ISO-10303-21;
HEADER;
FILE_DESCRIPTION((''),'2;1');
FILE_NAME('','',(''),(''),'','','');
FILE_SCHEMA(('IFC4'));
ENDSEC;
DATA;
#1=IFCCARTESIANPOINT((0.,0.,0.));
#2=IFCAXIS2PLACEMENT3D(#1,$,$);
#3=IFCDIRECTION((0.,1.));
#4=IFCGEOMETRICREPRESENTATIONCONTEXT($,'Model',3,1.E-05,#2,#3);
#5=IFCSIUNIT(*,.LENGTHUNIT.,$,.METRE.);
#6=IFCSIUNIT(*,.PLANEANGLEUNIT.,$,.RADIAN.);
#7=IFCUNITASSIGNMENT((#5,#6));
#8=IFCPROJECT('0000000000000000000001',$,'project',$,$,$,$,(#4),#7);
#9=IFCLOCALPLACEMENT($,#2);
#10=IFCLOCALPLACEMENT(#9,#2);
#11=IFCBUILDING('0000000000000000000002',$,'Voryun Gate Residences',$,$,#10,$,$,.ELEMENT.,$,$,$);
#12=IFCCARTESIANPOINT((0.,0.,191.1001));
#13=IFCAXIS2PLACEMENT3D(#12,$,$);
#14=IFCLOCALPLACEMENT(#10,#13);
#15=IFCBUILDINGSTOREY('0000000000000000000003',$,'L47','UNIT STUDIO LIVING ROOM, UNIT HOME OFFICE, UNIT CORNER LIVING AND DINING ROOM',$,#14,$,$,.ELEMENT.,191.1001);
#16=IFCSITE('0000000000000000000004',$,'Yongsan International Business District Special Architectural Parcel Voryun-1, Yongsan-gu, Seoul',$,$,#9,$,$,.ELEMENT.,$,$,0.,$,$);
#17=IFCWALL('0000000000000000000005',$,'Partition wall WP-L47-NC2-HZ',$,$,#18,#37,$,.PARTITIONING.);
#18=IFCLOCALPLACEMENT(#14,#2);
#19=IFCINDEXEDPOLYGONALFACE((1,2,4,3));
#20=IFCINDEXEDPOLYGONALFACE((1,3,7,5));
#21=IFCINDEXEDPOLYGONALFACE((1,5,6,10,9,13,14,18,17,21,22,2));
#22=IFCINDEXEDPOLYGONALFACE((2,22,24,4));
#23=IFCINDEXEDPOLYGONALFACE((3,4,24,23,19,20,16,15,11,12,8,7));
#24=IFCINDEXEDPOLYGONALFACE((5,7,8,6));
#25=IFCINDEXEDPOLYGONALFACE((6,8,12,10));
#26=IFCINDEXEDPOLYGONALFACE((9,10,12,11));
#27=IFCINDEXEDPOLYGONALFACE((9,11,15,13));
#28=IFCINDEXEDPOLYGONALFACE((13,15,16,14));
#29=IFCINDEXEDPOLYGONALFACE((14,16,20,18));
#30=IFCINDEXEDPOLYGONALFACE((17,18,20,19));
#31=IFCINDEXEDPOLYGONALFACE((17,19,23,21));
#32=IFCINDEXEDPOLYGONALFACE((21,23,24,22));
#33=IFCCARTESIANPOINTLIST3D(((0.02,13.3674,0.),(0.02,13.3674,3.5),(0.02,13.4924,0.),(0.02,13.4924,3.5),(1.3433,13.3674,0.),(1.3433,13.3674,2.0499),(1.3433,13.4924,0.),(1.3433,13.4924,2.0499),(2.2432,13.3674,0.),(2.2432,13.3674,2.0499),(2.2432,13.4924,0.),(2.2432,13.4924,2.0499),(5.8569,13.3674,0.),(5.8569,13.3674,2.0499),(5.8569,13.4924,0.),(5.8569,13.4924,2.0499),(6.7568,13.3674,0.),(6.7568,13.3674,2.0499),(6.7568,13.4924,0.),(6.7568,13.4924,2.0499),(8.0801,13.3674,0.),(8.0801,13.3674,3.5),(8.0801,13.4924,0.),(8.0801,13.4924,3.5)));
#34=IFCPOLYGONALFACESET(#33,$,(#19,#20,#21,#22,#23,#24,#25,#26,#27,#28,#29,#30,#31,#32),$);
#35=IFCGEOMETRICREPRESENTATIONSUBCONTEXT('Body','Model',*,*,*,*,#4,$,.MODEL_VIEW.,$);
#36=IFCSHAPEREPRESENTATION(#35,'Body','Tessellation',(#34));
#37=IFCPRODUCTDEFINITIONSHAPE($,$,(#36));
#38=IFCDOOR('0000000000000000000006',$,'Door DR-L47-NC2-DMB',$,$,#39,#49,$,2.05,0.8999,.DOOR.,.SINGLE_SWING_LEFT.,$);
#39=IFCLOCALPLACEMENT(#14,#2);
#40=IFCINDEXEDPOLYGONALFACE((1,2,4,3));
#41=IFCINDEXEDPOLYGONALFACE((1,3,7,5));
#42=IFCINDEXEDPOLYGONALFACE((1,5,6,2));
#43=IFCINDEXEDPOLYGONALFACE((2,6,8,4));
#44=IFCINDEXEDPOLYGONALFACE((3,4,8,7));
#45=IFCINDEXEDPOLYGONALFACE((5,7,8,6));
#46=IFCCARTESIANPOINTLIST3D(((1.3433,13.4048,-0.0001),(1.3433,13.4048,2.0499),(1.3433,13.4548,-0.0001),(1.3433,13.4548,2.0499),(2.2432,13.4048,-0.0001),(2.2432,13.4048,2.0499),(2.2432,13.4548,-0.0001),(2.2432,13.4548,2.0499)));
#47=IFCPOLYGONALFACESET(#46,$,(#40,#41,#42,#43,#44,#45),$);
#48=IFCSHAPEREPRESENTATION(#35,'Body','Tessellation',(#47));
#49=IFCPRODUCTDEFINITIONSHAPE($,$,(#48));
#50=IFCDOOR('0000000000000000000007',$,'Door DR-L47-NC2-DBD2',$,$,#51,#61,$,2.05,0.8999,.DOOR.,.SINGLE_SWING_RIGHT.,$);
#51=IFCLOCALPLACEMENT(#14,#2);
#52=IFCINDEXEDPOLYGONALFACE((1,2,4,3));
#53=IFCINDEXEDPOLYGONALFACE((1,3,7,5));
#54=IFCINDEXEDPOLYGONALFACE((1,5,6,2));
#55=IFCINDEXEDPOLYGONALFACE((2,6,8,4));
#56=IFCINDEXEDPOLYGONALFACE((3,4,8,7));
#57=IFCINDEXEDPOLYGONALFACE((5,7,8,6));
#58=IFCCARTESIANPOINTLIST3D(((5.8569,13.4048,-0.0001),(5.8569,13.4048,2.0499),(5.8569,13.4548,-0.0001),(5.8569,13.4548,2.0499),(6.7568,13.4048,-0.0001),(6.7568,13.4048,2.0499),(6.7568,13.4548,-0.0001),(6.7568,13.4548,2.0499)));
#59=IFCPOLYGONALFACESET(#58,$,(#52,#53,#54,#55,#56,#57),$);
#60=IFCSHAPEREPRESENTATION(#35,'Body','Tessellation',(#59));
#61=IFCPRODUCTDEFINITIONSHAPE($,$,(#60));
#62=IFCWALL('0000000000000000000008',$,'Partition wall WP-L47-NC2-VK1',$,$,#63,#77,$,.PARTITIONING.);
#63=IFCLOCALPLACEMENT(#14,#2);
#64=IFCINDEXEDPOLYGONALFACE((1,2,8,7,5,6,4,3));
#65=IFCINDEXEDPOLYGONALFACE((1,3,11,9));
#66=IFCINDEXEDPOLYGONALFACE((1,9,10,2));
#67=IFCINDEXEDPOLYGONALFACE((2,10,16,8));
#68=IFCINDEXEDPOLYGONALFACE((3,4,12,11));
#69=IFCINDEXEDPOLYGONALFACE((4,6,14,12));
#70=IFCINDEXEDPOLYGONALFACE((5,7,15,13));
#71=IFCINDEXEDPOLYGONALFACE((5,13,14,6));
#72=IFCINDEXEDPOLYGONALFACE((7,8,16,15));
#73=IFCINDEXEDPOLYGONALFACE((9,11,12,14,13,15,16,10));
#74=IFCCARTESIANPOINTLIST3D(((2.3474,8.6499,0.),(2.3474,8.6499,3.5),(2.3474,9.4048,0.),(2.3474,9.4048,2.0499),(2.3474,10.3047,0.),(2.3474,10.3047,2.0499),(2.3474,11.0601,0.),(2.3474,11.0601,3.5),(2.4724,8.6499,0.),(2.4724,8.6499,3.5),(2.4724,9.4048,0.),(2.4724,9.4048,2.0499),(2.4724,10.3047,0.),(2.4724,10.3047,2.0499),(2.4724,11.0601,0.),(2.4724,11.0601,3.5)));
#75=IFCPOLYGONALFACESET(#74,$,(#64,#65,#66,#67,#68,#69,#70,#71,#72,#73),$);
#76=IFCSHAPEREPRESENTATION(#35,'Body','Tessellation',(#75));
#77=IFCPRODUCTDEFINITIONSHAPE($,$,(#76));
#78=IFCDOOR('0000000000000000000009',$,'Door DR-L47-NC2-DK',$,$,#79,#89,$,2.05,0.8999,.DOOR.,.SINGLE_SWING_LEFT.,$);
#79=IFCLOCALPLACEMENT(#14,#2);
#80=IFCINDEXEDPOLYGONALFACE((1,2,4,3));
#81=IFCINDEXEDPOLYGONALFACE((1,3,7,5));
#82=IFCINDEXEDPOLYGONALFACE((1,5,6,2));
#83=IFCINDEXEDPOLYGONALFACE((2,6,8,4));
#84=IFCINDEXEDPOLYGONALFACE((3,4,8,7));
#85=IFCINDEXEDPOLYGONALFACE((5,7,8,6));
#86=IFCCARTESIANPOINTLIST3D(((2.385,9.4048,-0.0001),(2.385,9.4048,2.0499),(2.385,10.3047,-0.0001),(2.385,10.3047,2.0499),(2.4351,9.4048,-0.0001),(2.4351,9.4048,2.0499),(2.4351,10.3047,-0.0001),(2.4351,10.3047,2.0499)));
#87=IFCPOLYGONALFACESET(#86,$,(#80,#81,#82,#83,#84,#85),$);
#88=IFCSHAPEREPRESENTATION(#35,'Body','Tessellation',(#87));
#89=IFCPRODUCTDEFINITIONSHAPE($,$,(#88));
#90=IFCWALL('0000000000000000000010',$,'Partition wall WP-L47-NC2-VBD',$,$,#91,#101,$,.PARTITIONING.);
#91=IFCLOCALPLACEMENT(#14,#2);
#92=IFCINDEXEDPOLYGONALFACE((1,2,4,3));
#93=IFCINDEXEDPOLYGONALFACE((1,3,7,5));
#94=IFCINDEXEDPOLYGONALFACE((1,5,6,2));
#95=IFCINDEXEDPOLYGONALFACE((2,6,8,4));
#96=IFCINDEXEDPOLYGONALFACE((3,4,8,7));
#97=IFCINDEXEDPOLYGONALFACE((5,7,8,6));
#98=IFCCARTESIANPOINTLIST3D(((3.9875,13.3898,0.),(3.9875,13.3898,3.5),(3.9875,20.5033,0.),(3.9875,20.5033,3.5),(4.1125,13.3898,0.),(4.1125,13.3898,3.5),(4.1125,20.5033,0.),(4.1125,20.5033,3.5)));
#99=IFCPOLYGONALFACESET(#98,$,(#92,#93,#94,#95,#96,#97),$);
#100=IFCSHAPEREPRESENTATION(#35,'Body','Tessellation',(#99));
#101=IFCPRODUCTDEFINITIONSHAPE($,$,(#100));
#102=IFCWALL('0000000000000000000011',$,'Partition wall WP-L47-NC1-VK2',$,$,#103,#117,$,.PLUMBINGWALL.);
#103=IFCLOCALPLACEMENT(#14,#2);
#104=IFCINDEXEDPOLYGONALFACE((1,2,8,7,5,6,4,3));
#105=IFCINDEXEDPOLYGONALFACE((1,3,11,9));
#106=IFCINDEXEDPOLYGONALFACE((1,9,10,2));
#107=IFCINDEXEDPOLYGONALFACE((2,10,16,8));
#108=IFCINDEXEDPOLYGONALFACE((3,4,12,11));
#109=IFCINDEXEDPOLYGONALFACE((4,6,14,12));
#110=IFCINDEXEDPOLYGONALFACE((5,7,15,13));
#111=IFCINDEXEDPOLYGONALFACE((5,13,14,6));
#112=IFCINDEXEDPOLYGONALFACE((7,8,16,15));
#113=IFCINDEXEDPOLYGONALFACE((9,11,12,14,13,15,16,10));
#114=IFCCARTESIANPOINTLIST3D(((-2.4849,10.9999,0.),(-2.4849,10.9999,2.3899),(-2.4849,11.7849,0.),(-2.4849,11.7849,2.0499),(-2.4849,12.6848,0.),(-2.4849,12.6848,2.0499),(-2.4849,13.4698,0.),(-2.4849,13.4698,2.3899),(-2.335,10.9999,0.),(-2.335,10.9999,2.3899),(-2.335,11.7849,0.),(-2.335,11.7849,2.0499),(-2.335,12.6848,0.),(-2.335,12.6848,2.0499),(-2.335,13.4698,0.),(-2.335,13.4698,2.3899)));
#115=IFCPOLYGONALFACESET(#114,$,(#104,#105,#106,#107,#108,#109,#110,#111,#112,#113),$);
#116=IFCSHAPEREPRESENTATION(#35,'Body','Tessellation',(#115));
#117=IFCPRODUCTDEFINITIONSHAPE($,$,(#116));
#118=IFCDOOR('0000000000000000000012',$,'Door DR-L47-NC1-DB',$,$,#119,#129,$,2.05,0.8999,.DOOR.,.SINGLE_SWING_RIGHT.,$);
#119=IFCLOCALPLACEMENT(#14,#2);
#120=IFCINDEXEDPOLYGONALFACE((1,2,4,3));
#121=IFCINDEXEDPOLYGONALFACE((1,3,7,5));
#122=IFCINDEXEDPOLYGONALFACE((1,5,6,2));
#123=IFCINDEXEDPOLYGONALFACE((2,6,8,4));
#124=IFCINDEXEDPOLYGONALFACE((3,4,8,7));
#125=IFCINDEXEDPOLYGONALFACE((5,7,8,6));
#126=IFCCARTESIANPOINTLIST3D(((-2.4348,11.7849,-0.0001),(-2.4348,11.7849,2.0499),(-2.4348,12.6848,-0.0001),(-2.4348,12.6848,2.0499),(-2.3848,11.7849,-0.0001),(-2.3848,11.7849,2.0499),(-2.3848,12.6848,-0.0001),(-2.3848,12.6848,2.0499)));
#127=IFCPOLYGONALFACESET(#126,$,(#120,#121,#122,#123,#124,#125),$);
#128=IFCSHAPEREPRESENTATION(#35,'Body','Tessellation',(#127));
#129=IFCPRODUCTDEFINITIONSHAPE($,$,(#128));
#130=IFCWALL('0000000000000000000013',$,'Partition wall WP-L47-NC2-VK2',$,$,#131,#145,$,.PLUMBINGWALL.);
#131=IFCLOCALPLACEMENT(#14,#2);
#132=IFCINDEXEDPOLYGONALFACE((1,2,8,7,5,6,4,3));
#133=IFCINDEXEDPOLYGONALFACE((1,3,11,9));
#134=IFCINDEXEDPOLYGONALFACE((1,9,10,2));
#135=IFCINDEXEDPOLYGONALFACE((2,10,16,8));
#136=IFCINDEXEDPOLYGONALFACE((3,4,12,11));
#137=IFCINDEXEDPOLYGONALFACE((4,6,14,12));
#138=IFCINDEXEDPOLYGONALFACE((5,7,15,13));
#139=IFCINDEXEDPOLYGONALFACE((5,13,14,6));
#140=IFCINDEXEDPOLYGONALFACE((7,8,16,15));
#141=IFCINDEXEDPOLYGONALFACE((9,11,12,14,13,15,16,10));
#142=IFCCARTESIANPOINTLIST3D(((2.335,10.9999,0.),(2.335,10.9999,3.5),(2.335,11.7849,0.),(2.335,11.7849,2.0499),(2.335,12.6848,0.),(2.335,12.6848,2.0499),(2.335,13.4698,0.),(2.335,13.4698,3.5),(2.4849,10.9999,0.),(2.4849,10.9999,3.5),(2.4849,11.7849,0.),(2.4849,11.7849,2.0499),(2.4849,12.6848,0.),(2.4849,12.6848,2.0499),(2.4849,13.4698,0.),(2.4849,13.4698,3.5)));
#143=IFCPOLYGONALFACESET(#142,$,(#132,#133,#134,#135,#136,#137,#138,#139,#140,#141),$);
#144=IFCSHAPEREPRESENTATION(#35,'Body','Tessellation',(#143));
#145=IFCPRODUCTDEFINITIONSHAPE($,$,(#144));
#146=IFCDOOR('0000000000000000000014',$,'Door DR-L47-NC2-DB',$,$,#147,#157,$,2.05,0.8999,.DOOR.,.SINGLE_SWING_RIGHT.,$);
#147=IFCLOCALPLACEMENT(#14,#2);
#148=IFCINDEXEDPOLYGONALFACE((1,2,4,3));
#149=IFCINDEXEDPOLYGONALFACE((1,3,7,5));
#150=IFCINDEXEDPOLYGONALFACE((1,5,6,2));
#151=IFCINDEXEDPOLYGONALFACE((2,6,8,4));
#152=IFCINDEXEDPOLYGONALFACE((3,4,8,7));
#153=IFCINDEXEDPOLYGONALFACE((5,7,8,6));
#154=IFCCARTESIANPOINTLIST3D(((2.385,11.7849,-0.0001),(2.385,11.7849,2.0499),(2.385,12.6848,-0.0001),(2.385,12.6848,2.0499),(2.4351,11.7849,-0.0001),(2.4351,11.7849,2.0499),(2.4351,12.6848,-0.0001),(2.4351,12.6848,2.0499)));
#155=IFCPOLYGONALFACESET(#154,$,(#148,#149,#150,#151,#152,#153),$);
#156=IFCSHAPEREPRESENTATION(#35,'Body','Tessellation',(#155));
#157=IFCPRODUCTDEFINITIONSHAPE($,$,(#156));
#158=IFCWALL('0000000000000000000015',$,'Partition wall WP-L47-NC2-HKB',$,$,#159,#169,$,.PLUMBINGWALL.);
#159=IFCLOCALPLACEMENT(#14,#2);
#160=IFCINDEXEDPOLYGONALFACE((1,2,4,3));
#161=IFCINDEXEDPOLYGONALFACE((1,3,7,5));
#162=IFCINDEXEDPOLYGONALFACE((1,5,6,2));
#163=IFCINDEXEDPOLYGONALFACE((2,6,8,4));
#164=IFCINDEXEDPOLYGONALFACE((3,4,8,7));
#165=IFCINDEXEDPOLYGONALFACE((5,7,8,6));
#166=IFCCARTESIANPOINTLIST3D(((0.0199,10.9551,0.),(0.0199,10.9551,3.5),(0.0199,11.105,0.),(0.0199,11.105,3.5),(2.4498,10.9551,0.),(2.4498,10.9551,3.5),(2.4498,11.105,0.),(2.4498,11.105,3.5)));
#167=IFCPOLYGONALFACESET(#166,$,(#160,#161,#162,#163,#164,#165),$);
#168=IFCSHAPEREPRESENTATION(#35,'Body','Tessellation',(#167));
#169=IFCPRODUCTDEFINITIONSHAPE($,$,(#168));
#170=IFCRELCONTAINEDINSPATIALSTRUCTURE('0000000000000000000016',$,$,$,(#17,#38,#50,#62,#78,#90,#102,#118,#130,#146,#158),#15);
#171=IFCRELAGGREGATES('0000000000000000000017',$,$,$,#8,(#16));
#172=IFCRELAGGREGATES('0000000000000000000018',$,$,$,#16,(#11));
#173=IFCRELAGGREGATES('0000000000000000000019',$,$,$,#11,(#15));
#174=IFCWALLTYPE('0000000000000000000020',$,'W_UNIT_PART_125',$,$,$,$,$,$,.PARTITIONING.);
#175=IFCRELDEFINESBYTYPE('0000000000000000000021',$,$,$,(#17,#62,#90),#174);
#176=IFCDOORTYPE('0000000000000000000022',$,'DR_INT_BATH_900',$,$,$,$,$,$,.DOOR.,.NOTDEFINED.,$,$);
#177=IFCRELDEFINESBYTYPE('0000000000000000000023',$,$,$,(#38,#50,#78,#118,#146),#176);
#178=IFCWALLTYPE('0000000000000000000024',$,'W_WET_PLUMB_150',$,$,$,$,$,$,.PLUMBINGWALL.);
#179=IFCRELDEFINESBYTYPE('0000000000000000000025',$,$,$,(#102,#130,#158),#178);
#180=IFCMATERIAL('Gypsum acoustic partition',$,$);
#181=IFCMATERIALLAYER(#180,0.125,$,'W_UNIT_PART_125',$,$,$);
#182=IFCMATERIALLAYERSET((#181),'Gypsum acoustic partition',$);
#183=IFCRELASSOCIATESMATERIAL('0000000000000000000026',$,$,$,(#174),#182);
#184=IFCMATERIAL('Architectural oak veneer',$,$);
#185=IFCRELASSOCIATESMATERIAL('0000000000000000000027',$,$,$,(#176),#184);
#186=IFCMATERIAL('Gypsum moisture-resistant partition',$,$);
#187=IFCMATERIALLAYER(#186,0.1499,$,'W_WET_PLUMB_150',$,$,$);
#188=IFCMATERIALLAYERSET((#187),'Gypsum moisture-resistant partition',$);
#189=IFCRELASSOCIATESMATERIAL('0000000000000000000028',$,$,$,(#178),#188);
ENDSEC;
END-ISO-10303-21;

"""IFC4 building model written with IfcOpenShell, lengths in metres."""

from ifc_helpers import new_model, si_unit, direction, frame, frame_2d, origin, place, context, subcontext, project, spatial, rectangle, extrude, material, layer, layer_set, type_object, element, fill, save


model = new_model("IFC4")

# Units and contexts
model_context = context("Model", 3, precision=1e-05, world=origin(), true_north=direction((0.0, 1.0)))
body_context = subcontext(model_context, "Body", "Model", "MODEL_VIEW")
ifc_project = project(units=[si_unit("LENGTHUNIT", "METRE"), si_unit("PLANEANGLEUNIT", "RADIAN")], contexts=[model_context])

# Site, building, storey
site_placement = place(None, origin())
site = spatial("IfcSite", under=ifc_project, at=site_placement, Name="Yongsan International Business District Special Architectural Parcel Voryun-1, Yongsan-gu, Seoul", CompositionType="ELEMENT", RefElevation=0.0)
building_placement = place(site_placement, origin())
building = spatial("IfcBuilding", under=site, at=building_placement, Name="Voryun Gate Residences", CompositionType="ELEMENT")
storey_placement = place(building_placement, frame((0.0, 0.0, 191.1001)))
storey = spatial("IfcBuildingStorey", under=building, at=storey_placement, Name="L47", Description="UNIT STUDIO LIVING ROOM, UNIT HOME OFFICE, UNIT CORNER LIVING AND DINING ROOM", CompositionType="ELEMENT", Elevation=191.1001)

# Shared definitions
ifc_material_1 = material(Name="Gypsum acoustic partition")
ifc_layer_1 = layer(ifc_material_1, 0.125, Name="W_UNIT_PART_125")
ifc_layer_set_1 = layer_set([ifc_layer_1], Name="Gypsum acoustic partition")
wall_type_1 = type_object("IfcWallType", Name="W_UNIT_PART_125", PredefinedType="PARTITIONING", material=ifc_layer_set_1)
ifc_material_2 = material(Name="Architectural oak veneer")
door_type = type_object("IfcDoorType", Name="DR_INT_BATH_900", OperationType="NOTDEFINED", PredefinedType="DOOR", material=ifc_material_2)

# Wall, openings, doors
wall_1_placement = place(storey_placement, frame((0.02, 13.4299, 0.0), z_axis=(0.0, 0.0, 1.0), x_axis=(1.0, 0.0, 0.0)))
wall_1 = element("IfcWall", 1, at=wall_1_placement, inside=storey, type_object=wall_type_1, Name="Partition wall WP-L47-NC2-HZ", PredefinedType="PARTITIONING", context=body_context, shape_type="SweptSolid", body=[
    extrude(rectangle(XDim=8.0601, YDim=0.125, at=frame_2d((4.03, 0.0))), origin(), (0.0, 0.0, 1.0), 3.5),
])
opening_1_placement = place(wall_1_placement, frame((1.3232, 0.0, 0.0)))
opening_1 = element("IfcOpeningElement", 2, at=opening_1_placement, cuts=wall_1, PredefinedType="OPENING", context=body_context, shape_type="SweptSolid", body=[
    extrude(rectangle(XDim=0.8999, YDim=2.05, at=frame_2d((0.45, 1.0249))), frame((0.0, 0.0725, 0.0), z_axis=(0.0, -1.0, 0.0), x_axis=(1.0, 0.0, 0.0)), (0.0, 0.0, 1.0), 0.145),
])
opening_2_placement = place(wall_1_placement, frame((5.8369, 0.0, 0.0)))
opening_2 = element("IfcOpeningElement", 3, at=opening_2_placement, cuts=wall_1, PredefinedType="OPENING", context=body_context, shape_type="SweptSolid", body=[
    extrude(rectangle(XDim=0.8999, YDim=2.05, at=frame_2d((0.45, 1.0249))), frame((0.0, 0.0725, 0.0), z_axis=(0.0, -1.0, 0.0), x_axis=(1.0, 0.0, 0.0)), (0.0, 0.0, 1.0), 0.145),
])
door_1_placement = place(opening_1_placement, origin())
door_1 = element("IfcDoor", 4, at=door_1_placement, inside=storey, type_object=door_type, Name="Door DR-L47-NC2-DMB", OperationType="SINGLE_SWING_LEFT", OverallHeight=2.05, OverallWidth=0.8999, PredefinedType="DOOR", context=body_context, shape_type="SweptSolid", body=[
    extrude(rectangle(XDim=0.8999, YDim=2.05, at=frame_2d((0.45, 1.0249))), frame((0.0, 0.0249, 0.0), z_axis=(0.0, -1.0, 0.0), x_axis=(1.0, 0.0, 0.0)), (0.0, 0.0, 1.0), 0.05),
])
fill(opening_1, door_1)
door_2_placement = place(opening_2_placement, origin())
door_2 = element("IfcDoor", 5, at=door_2_placement, inside=storey, type_object=door_type, Name="Door DR-L47-NC2-DBD2", OperationType="SINGLE_SWING_RIGHT", OverallHeight=2.05, OverallWidth=0.8999, PredefinedType="DOOR", context=body_context, shape_type="SweptSolid", body=[
    extrude(rectangle(XDim=0.8999, YDim=2.05, at=frame_2d((0.45, 1.0249))), frame((0.0, 0.0249, 0.0), z_axis=(0.0, -1.0, 0.0), x_axis=(1.0, 0.0, 0.0)), (0.0, 0.0, 1.0), 0.05),
])
fill(opening_2, door_2)

# Wall, opening, door
wall_2_placement = place(storey_placement, frame((2.4099, 8.6499, 0.0), z_axis=(0.0, 0.0, 1.0), x_axis=(0.0, 1.0, 0.0)))
wall_2 = element("IfcWall", 6, at=wall_2_placement, inside=storey, type_object=wall_type_1, Name="Partition wall WP-L47-NC2-VK1", PredefinedType="PARTITIONING", context=body_context, shape_type="SweptSolid", body=[
    extrude(rectangle(XDim=2.4102, YDim=0.125, at=frame_2d((1.2051, 0.0))), origin(), (0.0, 0.0, 1.0), 3.5),
])
opening_3_placement = place(wall_2_placement, frame((0.7549, 0.0, 0.0)))
opening_3 = element("IfcOpeningElement", 7, at=opening_3_placement, cuts=wall_2, PredefinedType="OPENING", context=body_context, shape_type="SweptSolid", body=[
    extrude(rectangle(XDim=0.8999, YDim=2.05, at=frame_2d((0.45, 1.0249))), frame((0.0, 0.0725, 0.0), z_axis=(0.0, -1.0, 0.0), x_axis=(1.0, 0.0, 0.0)), (0.0, 0.0, 1.0), 0.145),
])
door_3_placement = place(opening_3_placement, origin())
door_3 = element("IfcDoor", 8, at=door_3_placement, inside=storey, type_object=door_type, Name="Door DR-L47-NC2-DK", OperationType="SINGLE_SWING_LEFT", OverallHeight=2.05, OverallWidth=0.8999, PredefinedType="DOOR", context=body_context, shape_type="SweptSolid", body=[
    extrude(rectangle(XDim=0.8999, YDim=2.05, at=frame_2d((0.45, 1.0249))), frame((0.0, 0.0249, 0.0), z_axis=(0.0, -1.0, 0.0), x_axis=(1.0, 0.0, 0.0)), (0.0, 0.0, 1.0), 0.05),
])
fill(opening_3, door_3)

# Wall
wall_3_placement = place(storey_placement, frame((4.05, 13.3899, 0.0), z_axis=(0.0, 0.0, 1.0), x_axis=(0.0, 1.0, 0.0)))
element("IfcWall", 9, at=wall_3_placement, inside=storey, type_object=wall_type_1, Name="Partition wall WP-L47-NC2-VBD", PredefinedType="PARTITIONING", context=body_context, shape_type="SweptSolid", body=[
    extrude(rectangle(XDim=7.1135, YDim=0.125, at=frame_2d((3.5566, 0.0))), origin(), (0.0, 0.0, 1.0), 3.5),
])

# Walls, openings, doors
ifc_material_3 = material(Name="Gypsum moisture-resistant partition")
ifc_layer_2 = layer(ifc_material_3, 0.1499, Name="W_WET_PLUMB_150")
ifc_layer_set_2 = layer_set([ifc_layer_2], Name="Gypsum moisture-resistant partition")
wall_type_2 = type_object("IfcWallType", Name="W_WET_PLUMB_150", PredefinedType="PLUMBINGWALL", material=ifc_layer_set_2)
wall_4_placement = place(storey_placement, frame((-2.4099, 11.0, 0.0), z_axis=(0.0, 0.0, 1.0), x_axis=(0.0, 1.0, 0.0)))
wall_4 = element("IfcWall", 10, at=wall_4_placement, inside=storey, type_object=wall_type_2, Name="Partition wall WP-L47-NC1-VK2", PredefinedType="PLUMBINGWALL", context=body_context, shape_type="SweptSolid", body=[
    extrude(rectangle(XDim=2.47, YDim=0.1499, at=frame_2d((1.2349, 0.0))), origin(), (0.0, 0.0, 1.0), 2.3899),
])
opening_4_placement = place(wall_4_placement, frame((0.7849, 0.0, 0.0)))
opening_4 = element("IfcOpeningElement", 11, at=opening_4_placement, cuts=wall_4, PredefinedType="OPENING", context=body_context, shape_type="SweptSolid", body=[
    extrude(rectangle(XDim=0.8999, YDim=2.05, at=frame_2d((0.45, 1.0249))), frame((0.0, 0.085, 0.0), z_axis=(0.0, -1.0, 0.0), x_axis=(1.0, 0.0, 0.0)), (0.0, 0.0, 1.0), 0.1699),
])
door_4_placement = place(opening_4_placement, origin())
door_4 = element("IfcDoor", 12, at=door_4_placement, inside=storey, type_object=door_type, Name="Door DR-L47-NC1-DB", OperationType="SINGLE_SWING_RIGHT", OverallHeight=2.05, OverallWidth=0.8999, PredefinedType="DOOR", context=body_context, shape_type="SweptSolid", body=[
    extrude(rectangle(XDim=0.8999, YDim=2.05, at=frame_2d((0.45, 1.0249))), frame((0.0, 0.0249, 0.0), z_axis=(0.0, -1.0, 0.0), x_axis=(1.0, 0.0, 0.0)), (0.0, 0.0, 1.0), 0.05),
])
fill(opening_4, door_4)
wall_5_placement = place(storey_placement, frame((2.4099, 11.0, 0.0), z_axis=(0.0, 0.0, 1.0), x_axis=(0.0, 1.0, 0.0)))
wall_5 = element("IfcWall", 13, at=wall_5_placement, inside=storey, type_object=wall_type_2, Name="Partition wall WP-L47-NC2-VK2", PredefinedType="PLUMBINGWALL", context=body_context, shape_type="SweptSolid", body=[
    extrude(rectangle(XDim=2.47, YDim=0.1499, at=frame_2d((1.2349, 0.0))), origin(), (0.0, 0.0, 1.0), 3.5),
])
opening_5_placement = place(wall_5_placement, frame((0.7849, 0.0, 0.0)))
opening_5 = element("IfcOpeningElement", 14, at=opening_5_placement, cuts=wall_5, PredefinedType="OPENING", context=body_context, shape_type="SweptSolid", body=[
    extrude(rectangle(XDim=0.8999, YDim=2.05, at=frame_2d((0.45, 1.0249))), frame((0.0, 0.085, 0.0), z_axis=(0.0, -1.0, 0.0), x_axis=(1.0, 0.0, 0.0)), (0.0, 0.0, 1.0), 0.1699),
])
door_5_placement = place(opening_5_placement, origin())
door_5 = element("IfcDoor", 15, at=door_5_placement, inside=storey, type_object=door_type, Name="Door DR-L47-NC2-DB", OperationType="SINGLE_SWING_RIGHT", OverallHeight=2.05, OverallWidth=0.8999, PredefinedType="DOOR", context=body_context, shape_type="SweptSolid", body=[
    extrude(rectangle(XDim=0.8999, YDim=2.05, at=frame_2d((0.45, 1.0249))), frame((0.0, 0.0249, 0.0), z_axis=(0.0, -1.0, 0.0), x_axis=(1.0, 0.0, 0.0)), (0.0, 0.0, 1.0), 0.05),
])
fill(opening_5, door_5)

# Wall
wall_6_placement = place(storey_placement, frame((0.02, 11.03, 0.0), z_axis=(0.0, 0.0, 1.0), x_axis=(1.0, 0.0, 0.0)))
element("IfcWall", 16, at=wall_6_placement, inside=storey, type_object=wall_type_2, Name="Partition wall WP-L47-NC2-HKB", PredefinedType="PLUMBINGWALL", context=body_context, shape_type="SweptSolid", body=[
    extrude(rectangle(XDim=2.4299, YDim=0.1499, at=frame_2d((1.2148, 0.0))), origin(), (0.0, 0.0, 1.0), 3.5),
])

save(model, "model.ifc")
